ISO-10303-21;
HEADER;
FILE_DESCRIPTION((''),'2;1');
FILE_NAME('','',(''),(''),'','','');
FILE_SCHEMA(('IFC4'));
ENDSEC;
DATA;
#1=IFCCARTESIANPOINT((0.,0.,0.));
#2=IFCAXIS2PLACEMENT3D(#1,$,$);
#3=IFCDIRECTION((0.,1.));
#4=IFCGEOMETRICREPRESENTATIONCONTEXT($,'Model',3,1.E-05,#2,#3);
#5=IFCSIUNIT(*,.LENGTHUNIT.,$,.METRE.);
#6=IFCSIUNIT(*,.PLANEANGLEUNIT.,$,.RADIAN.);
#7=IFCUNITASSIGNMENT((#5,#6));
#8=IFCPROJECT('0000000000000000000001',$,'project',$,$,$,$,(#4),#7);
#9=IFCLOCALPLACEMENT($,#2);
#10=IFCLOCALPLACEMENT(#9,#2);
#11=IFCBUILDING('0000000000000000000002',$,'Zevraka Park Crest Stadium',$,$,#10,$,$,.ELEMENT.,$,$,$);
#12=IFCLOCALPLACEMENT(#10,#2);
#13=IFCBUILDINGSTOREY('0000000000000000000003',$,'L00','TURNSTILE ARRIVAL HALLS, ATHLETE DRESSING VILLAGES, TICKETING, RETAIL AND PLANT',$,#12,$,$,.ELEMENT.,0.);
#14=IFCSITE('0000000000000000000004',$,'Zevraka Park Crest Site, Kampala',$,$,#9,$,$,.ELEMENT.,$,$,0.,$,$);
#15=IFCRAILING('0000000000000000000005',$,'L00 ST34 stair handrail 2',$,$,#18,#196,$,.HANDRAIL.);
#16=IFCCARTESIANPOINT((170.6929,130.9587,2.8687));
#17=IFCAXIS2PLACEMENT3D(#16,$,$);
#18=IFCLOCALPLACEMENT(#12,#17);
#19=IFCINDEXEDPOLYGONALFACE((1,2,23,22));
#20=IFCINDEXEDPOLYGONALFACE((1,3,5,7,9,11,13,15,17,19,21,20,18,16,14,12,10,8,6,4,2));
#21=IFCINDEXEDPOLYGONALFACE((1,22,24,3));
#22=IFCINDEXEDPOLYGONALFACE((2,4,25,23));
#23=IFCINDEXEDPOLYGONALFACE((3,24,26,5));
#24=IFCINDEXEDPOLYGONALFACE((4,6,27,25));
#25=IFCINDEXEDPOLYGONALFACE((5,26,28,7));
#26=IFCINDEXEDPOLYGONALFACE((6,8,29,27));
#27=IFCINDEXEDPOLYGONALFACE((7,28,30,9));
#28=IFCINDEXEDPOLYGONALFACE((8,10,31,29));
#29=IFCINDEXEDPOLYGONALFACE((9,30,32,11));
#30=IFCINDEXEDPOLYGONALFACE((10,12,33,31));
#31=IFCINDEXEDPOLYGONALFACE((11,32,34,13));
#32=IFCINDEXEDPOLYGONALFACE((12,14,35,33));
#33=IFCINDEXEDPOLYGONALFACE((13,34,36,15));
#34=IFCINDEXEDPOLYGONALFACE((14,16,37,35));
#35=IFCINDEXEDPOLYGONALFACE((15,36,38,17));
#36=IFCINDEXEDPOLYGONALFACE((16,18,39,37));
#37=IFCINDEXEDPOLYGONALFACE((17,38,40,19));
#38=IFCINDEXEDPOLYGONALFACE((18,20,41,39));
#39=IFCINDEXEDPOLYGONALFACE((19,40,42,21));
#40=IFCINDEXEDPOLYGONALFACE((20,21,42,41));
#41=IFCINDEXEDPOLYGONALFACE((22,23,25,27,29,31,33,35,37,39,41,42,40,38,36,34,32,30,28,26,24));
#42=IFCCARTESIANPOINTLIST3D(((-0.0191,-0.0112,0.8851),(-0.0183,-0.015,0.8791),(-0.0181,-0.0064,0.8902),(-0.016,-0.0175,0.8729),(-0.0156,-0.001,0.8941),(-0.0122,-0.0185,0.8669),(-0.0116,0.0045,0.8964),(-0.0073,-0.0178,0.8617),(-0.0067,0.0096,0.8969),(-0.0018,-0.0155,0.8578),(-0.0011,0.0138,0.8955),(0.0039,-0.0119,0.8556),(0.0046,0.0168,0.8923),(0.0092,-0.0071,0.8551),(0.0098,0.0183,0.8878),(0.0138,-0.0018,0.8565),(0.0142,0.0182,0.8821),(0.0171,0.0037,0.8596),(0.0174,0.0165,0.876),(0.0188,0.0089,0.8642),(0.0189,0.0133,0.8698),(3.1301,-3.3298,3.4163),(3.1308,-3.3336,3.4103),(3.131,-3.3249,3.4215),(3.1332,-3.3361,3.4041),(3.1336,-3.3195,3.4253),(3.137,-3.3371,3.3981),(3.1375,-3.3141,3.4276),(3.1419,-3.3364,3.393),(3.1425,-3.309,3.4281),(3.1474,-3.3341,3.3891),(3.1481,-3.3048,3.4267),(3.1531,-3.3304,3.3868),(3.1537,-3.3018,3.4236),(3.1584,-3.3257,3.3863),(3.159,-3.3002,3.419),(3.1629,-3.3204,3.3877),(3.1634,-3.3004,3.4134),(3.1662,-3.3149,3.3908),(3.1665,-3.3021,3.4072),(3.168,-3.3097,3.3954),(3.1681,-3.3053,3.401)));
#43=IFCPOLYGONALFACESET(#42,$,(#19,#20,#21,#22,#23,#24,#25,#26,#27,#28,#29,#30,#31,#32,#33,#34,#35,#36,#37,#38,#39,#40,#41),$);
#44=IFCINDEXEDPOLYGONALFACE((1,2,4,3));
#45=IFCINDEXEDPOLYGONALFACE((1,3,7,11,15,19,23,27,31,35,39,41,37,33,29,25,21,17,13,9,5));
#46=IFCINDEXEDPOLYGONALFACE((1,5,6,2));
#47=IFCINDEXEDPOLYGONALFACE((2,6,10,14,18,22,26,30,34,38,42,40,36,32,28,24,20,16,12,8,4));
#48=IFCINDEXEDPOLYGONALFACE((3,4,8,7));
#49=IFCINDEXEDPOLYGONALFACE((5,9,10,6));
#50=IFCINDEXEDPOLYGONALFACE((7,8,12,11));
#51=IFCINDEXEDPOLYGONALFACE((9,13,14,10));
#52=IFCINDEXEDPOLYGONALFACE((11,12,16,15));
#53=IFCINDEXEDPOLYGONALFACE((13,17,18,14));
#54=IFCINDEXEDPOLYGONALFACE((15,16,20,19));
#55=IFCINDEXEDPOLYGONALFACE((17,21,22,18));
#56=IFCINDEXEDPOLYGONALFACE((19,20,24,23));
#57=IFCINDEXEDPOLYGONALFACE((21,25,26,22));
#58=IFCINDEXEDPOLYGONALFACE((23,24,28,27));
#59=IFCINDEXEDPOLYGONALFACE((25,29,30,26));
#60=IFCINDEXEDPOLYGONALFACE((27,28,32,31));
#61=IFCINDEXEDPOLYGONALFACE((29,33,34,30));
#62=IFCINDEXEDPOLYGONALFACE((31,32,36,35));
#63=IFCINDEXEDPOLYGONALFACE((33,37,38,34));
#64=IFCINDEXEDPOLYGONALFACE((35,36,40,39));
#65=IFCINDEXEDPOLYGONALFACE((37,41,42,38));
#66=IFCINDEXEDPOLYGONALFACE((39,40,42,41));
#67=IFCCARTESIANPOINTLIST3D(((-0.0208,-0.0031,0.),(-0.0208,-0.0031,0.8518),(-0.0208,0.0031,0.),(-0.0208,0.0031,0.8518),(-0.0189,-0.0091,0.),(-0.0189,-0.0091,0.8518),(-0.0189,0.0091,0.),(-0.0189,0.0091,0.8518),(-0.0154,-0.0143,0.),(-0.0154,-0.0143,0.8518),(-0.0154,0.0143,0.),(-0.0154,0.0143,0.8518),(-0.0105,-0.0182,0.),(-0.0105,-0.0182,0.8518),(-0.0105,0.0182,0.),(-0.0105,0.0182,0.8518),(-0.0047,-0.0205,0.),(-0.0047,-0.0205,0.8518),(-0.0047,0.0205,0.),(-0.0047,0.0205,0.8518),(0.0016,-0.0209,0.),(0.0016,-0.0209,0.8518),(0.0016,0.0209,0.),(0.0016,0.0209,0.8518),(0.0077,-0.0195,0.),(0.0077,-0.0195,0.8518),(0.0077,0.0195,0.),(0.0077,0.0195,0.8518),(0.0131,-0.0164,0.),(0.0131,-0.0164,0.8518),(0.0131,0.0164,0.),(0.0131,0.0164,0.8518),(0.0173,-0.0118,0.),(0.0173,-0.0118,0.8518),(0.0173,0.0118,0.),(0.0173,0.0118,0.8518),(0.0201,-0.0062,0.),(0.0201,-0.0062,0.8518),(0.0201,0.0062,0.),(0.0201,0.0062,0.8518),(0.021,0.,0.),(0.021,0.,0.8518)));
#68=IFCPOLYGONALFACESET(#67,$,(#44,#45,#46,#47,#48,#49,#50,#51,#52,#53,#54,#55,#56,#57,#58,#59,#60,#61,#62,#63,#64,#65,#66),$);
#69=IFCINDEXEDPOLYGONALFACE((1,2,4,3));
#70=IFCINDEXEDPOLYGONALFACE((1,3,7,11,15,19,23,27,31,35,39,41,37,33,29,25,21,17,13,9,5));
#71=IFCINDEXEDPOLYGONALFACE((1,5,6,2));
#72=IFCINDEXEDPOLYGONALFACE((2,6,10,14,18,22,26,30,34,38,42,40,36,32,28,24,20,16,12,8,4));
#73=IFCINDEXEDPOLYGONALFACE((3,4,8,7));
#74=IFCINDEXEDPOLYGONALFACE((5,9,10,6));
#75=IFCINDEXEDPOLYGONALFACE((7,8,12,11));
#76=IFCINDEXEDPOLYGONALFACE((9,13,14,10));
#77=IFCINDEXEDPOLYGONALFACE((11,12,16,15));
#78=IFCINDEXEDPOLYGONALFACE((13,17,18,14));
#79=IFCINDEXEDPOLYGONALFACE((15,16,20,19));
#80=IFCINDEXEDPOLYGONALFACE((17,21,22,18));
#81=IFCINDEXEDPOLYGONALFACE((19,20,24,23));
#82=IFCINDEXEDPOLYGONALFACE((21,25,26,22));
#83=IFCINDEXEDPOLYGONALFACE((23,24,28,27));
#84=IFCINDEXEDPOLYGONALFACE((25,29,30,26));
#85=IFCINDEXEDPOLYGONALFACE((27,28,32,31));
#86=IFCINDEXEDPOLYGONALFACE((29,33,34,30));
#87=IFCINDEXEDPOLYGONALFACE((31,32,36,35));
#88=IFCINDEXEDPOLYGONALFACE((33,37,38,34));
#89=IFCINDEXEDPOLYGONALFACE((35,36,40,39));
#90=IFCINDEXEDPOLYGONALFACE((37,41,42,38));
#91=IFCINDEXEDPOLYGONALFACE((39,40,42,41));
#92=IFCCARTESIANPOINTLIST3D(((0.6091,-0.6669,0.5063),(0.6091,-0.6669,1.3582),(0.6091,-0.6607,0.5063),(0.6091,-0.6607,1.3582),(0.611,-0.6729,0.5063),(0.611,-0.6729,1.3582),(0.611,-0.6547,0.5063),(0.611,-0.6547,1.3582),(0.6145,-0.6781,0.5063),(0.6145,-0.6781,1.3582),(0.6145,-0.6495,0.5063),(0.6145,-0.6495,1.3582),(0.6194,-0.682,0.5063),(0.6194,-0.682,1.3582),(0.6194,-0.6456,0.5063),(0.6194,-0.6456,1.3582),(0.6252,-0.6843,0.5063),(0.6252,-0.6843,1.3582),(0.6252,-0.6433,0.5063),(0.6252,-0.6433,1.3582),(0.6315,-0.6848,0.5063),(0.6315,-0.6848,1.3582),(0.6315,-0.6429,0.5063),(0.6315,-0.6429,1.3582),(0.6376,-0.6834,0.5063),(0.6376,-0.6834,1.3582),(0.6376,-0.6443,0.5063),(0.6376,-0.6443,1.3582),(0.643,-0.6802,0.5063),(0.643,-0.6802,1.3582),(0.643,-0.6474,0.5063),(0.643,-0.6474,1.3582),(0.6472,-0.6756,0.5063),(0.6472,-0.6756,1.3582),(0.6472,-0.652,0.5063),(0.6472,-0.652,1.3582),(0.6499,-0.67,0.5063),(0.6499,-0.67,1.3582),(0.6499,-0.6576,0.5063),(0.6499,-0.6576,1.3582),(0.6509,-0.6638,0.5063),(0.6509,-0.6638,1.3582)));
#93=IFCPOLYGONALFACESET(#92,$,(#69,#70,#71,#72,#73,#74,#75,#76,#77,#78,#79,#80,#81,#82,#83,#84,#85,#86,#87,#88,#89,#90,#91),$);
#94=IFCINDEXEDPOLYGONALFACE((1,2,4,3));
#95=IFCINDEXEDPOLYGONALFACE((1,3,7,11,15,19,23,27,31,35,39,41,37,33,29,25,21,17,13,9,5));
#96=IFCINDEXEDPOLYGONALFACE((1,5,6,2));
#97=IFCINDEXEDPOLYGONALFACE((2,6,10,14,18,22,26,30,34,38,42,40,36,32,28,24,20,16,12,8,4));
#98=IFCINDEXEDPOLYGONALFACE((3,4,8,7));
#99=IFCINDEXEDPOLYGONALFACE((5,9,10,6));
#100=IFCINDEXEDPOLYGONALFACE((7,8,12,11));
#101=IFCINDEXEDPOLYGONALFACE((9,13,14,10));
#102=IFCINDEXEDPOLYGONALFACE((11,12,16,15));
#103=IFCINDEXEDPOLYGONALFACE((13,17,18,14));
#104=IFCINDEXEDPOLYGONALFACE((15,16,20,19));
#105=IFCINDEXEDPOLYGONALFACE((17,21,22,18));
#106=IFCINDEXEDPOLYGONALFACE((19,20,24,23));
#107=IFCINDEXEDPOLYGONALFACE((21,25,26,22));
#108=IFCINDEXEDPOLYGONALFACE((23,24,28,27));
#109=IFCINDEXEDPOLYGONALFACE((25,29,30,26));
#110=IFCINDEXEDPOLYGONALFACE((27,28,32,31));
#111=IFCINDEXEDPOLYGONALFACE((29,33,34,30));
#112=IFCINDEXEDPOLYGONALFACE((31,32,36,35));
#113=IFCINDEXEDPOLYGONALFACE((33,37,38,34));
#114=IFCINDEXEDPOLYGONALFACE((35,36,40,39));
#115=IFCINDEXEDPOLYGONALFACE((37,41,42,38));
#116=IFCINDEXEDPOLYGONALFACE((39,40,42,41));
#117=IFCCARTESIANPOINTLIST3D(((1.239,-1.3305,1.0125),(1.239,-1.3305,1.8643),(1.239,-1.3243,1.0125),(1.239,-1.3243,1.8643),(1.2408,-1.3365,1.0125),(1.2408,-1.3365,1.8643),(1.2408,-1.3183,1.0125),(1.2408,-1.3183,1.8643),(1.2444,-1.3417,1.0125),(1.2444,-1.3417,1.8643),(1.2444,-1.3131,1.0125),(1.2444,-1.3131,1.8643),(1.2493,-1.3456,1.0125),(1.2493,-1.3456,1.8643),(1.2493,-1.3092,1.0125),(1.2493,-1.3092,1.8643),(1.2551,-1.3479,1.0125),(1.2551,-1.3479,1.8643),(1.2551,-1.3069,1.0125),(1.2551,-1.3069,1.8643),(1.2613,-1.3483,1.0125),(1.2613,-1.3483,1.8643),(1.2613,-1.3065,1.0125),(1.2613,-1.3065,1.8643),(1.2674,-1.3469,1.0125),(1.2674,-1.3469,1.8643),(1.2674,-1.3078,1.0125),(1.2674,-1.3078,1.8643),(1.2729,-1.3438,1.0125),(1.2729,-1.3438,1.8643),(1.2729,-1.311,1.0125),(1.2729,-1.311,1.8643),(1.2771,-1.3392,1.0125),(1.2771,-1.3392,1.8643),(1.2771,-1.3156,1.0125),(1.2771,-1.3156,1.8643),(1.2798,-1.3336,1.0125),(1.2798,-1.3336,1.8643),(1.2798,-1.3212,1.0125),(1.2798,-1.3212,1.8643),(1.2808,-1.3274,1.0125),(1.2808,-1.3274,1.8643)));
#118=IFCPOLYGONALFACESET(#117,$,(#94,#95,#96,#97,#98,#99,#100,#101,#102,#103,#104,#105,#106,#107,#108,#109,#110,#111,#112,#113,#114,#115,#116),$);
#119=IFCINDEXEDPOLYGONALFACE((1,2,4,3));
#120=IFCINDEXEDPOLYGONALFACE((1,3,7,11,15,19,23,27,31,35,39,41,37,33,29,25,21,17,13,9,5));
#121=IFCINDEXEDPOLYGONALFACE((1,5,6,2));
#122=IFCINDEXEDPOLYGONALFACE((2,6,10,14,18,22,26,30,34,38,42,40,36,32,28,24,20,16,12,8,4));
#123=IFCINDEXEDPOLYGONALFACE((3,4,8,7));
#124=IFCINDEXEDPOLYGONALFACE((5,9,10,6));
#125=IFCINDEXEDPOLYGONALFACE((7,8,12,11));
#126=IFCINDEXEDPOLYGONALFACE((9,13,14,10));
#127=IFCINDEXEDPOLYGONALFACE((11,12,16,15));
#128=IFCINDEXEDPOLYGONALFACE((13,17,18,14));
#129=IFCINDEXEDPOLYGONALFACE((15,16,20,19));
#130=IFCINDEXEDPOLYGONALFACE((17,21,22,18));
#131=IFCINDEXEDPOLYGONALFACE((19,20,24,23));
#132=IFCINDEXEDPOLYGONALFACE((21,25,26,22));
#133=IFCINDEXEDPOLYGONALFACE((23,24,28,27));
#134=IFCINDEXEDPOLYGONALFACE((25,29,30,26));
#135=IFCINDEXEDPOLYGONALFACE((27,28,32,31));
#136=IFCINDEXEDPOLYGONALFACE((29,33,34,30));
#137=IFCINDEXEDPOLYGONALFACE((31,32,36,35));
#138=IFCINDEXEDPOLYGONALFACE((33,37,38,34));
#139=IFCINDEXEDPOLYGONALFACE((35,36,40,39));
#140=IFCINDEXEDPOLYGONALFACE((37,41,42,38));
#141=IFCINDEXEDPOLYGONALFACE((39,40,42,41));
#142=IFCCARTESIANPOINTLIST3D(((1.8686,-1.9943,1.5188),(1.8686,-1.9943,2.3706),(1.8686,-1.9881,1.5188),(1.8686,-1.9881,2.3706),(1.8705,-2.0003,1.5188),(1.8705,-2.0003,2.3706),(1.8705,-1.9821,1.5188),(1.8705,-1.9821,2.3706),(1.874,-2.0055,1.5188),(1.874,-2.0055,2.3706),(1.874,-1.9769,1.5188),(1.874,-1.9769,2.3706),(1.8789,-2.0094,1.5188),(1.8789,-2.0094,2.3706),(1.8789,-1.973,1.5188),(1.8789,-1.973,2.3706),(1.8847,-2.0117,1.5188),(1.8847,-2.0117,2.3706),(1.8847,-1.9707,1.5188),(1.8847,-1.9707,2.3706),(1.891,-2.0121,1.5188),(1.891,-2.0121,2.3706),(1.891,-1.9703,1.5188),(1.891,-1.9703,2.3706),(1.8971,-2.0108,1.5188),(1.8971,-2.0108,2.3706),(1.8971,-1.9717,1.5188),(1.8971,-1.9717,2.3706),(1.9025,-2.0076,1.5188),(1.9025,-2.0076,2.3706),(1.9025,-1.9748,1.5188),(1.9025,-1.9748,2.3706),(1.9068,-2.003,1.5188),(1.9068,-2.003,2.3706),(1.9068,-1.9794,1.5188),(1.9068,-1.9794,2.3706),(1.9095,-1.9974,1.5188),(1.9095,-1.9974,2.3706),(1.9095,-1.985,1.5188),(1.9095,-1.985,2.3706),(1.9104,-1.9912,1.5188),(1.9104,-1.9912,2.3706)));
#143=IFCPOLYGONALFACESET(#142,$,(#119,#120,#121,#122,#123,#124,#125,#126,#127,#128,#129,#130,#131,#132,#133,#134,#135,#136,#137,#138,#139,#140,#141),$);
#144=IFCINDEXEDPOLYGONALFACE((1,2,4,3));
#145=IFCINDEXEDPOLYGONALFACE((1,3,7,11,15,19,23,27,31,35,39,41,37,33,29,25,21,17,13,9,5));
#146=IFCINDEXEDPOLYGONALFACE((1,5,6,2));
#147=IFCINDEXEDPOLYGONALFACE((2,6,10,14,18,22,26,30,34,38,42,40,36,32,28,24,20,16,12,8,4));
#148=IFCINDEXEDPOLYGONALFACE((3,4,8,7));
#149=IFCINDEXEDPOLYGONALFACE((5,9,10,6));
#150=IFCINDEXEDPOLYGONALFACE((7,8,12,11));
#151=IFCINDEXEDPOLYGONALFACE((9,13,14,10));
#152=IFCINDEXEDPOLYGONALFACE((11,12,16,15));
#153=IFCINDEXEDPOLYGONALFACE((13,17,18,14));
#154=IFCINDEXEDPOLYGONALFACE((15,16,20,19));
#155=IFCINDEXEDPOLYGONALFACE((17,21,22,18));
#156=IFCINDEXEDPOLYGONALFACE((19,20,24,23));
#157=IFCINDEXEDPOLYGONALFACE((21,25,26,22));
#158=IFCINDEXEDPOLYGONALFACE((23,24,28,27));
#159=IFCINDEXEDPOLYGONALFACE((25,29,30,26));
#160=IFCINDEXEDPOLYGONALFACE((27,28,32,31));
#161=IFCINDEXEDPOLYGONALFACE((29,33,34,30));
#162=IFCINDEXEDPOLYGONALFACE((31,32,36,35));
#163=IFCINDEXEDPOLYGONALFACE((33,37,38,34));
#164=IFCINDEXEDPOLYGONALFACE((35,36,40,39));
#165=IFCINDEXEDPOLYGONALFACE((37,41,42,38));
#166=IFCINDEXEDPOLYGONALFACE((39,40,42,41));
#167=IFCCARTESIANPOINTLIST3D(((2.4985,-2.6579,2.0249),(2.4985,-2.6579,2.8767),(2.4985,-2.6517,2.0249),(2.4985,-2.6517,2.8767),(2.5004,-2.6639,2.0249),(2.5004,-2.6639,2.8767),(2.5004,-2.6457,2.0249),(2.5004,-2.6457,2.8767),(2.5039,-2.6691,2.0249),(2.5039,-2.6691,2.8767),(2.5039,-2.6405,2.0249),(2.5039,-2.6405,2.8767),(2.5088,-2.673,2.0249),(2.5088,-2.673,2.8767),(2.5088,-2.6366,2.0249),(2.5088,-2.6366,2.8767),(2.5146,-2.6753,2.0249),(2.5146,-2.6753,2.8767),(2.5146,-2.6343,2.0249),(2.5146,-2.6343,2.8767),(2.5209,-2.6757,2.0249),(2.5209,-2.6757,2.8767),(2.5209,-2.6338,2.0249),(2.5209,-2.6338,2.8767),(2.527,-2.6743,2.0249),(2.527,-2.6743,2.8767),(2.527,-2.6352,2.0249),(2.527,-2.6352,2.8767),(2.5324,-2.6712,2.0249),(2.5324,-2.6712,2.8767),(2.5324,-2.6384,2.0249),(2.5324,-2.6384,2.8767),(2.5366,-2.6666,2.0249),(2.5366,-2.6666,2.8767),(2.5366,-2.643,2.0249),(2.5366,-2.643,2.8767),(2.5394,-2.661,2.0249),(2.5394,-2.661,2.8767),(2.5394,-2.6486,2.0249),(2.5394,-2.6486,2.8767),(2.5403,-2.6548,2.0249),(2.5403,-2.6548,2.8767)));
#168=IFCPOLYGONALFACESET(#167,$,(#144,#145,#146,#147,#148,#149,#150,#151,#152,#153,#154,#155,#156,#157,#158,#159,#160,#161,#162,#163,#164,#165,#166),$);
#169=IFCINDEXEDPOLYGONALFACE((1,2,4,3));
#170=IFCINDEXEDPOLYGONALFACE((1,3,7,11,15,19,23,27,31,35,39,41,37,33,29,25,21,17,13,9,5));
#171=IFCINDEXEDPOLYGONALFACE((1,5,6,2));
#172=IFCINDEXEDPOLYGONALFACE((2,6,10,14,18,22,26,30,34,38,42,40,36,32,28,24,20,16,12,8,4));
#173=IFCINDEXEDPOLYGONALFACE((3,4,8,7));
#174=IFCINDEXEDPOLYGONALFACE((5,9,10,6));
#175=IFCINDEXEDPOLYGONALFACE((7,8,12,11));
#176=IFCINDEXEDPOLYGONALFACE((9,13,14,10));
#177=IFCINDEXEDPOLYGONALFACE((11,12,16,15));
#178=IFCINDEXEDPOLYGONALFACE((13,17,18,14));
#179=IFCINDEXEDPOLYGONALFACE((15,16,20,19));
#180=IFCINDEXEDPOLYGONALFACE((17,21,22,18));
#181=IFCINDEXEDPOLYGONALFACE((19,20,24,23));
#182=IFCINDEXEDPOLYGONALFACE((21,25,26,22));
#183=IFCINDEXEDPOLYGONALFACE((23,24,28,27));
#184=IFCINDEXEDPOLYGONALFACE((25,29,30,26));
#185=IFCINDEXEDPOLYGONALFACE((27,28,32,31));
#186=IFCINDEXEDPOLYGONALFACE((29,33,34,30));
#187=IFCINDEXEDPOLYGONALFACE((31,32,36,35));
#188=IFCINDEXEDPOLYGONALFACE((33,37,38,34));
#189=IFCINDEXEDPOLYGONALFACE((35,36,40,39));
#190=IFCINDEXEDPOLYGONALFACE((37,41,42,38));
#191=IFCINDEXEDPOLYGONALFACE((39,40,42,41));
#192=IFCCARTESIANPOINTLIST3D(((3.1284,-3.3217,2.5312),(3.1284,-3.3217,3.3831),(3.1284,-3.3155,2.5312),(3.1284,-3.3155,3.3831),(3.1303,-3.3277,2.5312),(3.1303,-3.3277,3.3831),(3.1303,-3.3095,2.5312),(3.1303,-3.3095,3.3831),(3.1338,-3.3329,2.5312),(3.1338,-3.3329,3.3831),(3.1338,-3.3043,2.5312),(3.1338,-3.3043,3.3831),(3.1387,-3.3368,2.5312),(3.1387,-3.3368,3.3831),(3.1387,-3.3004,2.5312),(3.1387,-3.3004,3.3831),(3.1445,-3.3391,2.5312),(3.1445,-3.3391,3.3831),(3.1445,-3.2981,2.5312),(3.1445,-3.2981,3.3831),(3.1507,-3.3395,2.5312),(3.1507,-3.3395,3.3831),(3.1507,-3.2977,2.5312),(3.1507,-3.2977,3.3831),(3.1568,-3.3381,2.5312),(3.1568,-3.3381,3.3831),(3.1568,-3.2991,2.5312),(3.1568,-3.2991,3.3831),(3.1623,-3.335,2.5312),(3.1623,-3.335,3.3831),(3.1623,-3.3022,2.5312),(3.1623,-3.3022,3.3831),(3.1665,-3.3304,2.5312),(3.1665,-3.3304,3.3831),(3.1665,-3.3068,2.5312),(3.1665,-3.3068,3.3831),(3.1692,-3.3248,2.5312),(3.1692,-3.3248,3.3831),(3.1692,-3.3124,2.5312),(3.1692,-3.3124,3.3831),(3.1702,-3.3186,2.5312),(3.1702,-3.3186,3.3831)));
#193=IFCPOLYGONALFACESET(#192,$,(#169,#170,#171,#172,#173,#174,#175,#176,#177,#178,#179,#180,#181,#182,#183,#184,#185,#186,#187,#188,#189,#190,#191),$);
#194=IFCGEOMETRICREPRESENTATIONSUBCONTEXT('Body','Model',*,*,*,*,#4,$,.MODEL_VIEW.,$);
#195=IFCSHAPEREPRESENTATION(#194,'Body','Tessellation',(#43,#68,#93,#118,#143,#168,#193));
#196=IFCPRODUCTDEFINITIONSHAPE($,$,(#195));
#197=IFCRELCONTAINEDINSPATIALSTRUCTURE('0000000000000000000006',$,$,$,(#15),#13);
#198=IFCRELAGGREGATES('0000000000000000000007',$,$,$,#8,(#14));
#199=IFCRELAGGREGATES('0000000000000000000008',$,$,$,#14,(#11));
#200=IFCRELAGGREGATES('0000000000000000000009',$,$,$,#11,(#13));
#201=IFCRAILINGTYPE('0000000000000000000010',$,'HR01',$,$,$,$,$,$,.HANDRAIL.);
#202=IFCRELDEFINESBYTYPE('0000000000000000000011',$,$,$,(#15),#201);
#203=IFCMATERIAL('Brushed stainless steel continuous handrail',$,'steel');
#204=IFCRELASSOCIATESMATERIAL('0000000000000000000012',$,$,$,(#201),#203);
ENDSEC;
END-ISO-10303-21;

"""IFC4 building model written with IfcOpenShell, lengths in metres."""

from ifc_helpers import new_model, si_unit, direction, frame, origin, origin_2d, place, context, subcontext, project, spatial, circle, extrude, material, type_object, element, save


model = new_model("IFC4")

# Units and contexts
model_context = context("Model", 3, precision=1e-05, world=origin(), true_north=direction((0.0, 1.0)))
body_context = subcontext(model_context, "Body", "Model", "MODEL_VIEW")
ifc_project = project(units=[si_unit("LENGTHUNIT", "METRE"), si_unit("PLANEANGLEUNIT", "RADIAN")], contexts=[model_context])

# Site, building, storey
site_placement = place(None, origin())
site = spatial("IfcSite", under=ifc_project, at=site_placement, Name="Zevraka Park Crest Site, Kampala", CompositionType="ELEMENT", RefElevation=0.0)
building_placement = place(site_placement, origin())
building = spatial("IfcBuilding", under=site, at=building_placement, Name="Zevraka Park Crest Stadium", CompositionType="ELEMENT")
storey_placement = place(building_placement, origin())
storey = spatial("IfcBuildingStorey", under=building, at=storey_placement, Name="L00", Description="TURNSTILE ARRIVAL HALLS, ATHLETE DRESSING VILLAGES, TICKETING, RETAIL AND PLANT", CompositionType="ELEMENT", Elevation=0.0)

# Railing
ifc_material_1 = material(Name="Brushed stainless steel continuous handrail", Category="steel")
railing_type = type_object("IfcRailingType", Name="HR01", PredefinedType="HANDRAIL", material=ifc_material_1)
railing_placement = place(storey_placement, frame((170.6929, 130.9587, 2.8687)))
element("IfcRailing", 1, at=railing_placement, inside=storey, type_object=railing_type, Name="L00 ST34 stair handrail 2", PredefinedType="HANDRAIL", context=body_context, shape_type="SweptSolid", body=[
    extrude(circle(Radius=0.0239, at=origin_2d()), frame((0.0, 0.0, 0.876), z_axis=(0.602304, -0.634709, 0.484122), x_axis=(0.725382, 0.688347, 0.0)), (0.0, 0.0, 1.0), 5.2285),
    extrude(circle(Radius=0.021, at=origin_2d()), origin(), (0.0, 0.0, 1.0), 0.8518),
    extrude(circle(Radius=0.021, at=origin_2d()), frame((0.6299, -0.6638, 0.5063)), (0.0, 0.0, 1.0), 0.8518),
    extrude(circle(Radius=0.021, at=origin_2d()), frame((1.2598, -1.3274, 1.0125)), (0.0, 0.0, 1.0), 0.8518),
    extrude(circle(Radius=0.021, at=origin_2d()), frame((1.8894, -1.9912, 1.5188)), (0.0, 0.0, 1.0), 0.8518),
    extrude(circle(Radius=0.021, at=origin_2d()), frame((2.5193, -2.6548, 2.0249)), (0.0, 0.0, 1.0), 0.8518),
    extrude(circle(Radius=0.021, at=origin_2d()), frame((3.1492, -3.3186, 2.5312)), (0.0, 0.0, 1.0), 0.8518),
])

save(model, "model.ifc")
